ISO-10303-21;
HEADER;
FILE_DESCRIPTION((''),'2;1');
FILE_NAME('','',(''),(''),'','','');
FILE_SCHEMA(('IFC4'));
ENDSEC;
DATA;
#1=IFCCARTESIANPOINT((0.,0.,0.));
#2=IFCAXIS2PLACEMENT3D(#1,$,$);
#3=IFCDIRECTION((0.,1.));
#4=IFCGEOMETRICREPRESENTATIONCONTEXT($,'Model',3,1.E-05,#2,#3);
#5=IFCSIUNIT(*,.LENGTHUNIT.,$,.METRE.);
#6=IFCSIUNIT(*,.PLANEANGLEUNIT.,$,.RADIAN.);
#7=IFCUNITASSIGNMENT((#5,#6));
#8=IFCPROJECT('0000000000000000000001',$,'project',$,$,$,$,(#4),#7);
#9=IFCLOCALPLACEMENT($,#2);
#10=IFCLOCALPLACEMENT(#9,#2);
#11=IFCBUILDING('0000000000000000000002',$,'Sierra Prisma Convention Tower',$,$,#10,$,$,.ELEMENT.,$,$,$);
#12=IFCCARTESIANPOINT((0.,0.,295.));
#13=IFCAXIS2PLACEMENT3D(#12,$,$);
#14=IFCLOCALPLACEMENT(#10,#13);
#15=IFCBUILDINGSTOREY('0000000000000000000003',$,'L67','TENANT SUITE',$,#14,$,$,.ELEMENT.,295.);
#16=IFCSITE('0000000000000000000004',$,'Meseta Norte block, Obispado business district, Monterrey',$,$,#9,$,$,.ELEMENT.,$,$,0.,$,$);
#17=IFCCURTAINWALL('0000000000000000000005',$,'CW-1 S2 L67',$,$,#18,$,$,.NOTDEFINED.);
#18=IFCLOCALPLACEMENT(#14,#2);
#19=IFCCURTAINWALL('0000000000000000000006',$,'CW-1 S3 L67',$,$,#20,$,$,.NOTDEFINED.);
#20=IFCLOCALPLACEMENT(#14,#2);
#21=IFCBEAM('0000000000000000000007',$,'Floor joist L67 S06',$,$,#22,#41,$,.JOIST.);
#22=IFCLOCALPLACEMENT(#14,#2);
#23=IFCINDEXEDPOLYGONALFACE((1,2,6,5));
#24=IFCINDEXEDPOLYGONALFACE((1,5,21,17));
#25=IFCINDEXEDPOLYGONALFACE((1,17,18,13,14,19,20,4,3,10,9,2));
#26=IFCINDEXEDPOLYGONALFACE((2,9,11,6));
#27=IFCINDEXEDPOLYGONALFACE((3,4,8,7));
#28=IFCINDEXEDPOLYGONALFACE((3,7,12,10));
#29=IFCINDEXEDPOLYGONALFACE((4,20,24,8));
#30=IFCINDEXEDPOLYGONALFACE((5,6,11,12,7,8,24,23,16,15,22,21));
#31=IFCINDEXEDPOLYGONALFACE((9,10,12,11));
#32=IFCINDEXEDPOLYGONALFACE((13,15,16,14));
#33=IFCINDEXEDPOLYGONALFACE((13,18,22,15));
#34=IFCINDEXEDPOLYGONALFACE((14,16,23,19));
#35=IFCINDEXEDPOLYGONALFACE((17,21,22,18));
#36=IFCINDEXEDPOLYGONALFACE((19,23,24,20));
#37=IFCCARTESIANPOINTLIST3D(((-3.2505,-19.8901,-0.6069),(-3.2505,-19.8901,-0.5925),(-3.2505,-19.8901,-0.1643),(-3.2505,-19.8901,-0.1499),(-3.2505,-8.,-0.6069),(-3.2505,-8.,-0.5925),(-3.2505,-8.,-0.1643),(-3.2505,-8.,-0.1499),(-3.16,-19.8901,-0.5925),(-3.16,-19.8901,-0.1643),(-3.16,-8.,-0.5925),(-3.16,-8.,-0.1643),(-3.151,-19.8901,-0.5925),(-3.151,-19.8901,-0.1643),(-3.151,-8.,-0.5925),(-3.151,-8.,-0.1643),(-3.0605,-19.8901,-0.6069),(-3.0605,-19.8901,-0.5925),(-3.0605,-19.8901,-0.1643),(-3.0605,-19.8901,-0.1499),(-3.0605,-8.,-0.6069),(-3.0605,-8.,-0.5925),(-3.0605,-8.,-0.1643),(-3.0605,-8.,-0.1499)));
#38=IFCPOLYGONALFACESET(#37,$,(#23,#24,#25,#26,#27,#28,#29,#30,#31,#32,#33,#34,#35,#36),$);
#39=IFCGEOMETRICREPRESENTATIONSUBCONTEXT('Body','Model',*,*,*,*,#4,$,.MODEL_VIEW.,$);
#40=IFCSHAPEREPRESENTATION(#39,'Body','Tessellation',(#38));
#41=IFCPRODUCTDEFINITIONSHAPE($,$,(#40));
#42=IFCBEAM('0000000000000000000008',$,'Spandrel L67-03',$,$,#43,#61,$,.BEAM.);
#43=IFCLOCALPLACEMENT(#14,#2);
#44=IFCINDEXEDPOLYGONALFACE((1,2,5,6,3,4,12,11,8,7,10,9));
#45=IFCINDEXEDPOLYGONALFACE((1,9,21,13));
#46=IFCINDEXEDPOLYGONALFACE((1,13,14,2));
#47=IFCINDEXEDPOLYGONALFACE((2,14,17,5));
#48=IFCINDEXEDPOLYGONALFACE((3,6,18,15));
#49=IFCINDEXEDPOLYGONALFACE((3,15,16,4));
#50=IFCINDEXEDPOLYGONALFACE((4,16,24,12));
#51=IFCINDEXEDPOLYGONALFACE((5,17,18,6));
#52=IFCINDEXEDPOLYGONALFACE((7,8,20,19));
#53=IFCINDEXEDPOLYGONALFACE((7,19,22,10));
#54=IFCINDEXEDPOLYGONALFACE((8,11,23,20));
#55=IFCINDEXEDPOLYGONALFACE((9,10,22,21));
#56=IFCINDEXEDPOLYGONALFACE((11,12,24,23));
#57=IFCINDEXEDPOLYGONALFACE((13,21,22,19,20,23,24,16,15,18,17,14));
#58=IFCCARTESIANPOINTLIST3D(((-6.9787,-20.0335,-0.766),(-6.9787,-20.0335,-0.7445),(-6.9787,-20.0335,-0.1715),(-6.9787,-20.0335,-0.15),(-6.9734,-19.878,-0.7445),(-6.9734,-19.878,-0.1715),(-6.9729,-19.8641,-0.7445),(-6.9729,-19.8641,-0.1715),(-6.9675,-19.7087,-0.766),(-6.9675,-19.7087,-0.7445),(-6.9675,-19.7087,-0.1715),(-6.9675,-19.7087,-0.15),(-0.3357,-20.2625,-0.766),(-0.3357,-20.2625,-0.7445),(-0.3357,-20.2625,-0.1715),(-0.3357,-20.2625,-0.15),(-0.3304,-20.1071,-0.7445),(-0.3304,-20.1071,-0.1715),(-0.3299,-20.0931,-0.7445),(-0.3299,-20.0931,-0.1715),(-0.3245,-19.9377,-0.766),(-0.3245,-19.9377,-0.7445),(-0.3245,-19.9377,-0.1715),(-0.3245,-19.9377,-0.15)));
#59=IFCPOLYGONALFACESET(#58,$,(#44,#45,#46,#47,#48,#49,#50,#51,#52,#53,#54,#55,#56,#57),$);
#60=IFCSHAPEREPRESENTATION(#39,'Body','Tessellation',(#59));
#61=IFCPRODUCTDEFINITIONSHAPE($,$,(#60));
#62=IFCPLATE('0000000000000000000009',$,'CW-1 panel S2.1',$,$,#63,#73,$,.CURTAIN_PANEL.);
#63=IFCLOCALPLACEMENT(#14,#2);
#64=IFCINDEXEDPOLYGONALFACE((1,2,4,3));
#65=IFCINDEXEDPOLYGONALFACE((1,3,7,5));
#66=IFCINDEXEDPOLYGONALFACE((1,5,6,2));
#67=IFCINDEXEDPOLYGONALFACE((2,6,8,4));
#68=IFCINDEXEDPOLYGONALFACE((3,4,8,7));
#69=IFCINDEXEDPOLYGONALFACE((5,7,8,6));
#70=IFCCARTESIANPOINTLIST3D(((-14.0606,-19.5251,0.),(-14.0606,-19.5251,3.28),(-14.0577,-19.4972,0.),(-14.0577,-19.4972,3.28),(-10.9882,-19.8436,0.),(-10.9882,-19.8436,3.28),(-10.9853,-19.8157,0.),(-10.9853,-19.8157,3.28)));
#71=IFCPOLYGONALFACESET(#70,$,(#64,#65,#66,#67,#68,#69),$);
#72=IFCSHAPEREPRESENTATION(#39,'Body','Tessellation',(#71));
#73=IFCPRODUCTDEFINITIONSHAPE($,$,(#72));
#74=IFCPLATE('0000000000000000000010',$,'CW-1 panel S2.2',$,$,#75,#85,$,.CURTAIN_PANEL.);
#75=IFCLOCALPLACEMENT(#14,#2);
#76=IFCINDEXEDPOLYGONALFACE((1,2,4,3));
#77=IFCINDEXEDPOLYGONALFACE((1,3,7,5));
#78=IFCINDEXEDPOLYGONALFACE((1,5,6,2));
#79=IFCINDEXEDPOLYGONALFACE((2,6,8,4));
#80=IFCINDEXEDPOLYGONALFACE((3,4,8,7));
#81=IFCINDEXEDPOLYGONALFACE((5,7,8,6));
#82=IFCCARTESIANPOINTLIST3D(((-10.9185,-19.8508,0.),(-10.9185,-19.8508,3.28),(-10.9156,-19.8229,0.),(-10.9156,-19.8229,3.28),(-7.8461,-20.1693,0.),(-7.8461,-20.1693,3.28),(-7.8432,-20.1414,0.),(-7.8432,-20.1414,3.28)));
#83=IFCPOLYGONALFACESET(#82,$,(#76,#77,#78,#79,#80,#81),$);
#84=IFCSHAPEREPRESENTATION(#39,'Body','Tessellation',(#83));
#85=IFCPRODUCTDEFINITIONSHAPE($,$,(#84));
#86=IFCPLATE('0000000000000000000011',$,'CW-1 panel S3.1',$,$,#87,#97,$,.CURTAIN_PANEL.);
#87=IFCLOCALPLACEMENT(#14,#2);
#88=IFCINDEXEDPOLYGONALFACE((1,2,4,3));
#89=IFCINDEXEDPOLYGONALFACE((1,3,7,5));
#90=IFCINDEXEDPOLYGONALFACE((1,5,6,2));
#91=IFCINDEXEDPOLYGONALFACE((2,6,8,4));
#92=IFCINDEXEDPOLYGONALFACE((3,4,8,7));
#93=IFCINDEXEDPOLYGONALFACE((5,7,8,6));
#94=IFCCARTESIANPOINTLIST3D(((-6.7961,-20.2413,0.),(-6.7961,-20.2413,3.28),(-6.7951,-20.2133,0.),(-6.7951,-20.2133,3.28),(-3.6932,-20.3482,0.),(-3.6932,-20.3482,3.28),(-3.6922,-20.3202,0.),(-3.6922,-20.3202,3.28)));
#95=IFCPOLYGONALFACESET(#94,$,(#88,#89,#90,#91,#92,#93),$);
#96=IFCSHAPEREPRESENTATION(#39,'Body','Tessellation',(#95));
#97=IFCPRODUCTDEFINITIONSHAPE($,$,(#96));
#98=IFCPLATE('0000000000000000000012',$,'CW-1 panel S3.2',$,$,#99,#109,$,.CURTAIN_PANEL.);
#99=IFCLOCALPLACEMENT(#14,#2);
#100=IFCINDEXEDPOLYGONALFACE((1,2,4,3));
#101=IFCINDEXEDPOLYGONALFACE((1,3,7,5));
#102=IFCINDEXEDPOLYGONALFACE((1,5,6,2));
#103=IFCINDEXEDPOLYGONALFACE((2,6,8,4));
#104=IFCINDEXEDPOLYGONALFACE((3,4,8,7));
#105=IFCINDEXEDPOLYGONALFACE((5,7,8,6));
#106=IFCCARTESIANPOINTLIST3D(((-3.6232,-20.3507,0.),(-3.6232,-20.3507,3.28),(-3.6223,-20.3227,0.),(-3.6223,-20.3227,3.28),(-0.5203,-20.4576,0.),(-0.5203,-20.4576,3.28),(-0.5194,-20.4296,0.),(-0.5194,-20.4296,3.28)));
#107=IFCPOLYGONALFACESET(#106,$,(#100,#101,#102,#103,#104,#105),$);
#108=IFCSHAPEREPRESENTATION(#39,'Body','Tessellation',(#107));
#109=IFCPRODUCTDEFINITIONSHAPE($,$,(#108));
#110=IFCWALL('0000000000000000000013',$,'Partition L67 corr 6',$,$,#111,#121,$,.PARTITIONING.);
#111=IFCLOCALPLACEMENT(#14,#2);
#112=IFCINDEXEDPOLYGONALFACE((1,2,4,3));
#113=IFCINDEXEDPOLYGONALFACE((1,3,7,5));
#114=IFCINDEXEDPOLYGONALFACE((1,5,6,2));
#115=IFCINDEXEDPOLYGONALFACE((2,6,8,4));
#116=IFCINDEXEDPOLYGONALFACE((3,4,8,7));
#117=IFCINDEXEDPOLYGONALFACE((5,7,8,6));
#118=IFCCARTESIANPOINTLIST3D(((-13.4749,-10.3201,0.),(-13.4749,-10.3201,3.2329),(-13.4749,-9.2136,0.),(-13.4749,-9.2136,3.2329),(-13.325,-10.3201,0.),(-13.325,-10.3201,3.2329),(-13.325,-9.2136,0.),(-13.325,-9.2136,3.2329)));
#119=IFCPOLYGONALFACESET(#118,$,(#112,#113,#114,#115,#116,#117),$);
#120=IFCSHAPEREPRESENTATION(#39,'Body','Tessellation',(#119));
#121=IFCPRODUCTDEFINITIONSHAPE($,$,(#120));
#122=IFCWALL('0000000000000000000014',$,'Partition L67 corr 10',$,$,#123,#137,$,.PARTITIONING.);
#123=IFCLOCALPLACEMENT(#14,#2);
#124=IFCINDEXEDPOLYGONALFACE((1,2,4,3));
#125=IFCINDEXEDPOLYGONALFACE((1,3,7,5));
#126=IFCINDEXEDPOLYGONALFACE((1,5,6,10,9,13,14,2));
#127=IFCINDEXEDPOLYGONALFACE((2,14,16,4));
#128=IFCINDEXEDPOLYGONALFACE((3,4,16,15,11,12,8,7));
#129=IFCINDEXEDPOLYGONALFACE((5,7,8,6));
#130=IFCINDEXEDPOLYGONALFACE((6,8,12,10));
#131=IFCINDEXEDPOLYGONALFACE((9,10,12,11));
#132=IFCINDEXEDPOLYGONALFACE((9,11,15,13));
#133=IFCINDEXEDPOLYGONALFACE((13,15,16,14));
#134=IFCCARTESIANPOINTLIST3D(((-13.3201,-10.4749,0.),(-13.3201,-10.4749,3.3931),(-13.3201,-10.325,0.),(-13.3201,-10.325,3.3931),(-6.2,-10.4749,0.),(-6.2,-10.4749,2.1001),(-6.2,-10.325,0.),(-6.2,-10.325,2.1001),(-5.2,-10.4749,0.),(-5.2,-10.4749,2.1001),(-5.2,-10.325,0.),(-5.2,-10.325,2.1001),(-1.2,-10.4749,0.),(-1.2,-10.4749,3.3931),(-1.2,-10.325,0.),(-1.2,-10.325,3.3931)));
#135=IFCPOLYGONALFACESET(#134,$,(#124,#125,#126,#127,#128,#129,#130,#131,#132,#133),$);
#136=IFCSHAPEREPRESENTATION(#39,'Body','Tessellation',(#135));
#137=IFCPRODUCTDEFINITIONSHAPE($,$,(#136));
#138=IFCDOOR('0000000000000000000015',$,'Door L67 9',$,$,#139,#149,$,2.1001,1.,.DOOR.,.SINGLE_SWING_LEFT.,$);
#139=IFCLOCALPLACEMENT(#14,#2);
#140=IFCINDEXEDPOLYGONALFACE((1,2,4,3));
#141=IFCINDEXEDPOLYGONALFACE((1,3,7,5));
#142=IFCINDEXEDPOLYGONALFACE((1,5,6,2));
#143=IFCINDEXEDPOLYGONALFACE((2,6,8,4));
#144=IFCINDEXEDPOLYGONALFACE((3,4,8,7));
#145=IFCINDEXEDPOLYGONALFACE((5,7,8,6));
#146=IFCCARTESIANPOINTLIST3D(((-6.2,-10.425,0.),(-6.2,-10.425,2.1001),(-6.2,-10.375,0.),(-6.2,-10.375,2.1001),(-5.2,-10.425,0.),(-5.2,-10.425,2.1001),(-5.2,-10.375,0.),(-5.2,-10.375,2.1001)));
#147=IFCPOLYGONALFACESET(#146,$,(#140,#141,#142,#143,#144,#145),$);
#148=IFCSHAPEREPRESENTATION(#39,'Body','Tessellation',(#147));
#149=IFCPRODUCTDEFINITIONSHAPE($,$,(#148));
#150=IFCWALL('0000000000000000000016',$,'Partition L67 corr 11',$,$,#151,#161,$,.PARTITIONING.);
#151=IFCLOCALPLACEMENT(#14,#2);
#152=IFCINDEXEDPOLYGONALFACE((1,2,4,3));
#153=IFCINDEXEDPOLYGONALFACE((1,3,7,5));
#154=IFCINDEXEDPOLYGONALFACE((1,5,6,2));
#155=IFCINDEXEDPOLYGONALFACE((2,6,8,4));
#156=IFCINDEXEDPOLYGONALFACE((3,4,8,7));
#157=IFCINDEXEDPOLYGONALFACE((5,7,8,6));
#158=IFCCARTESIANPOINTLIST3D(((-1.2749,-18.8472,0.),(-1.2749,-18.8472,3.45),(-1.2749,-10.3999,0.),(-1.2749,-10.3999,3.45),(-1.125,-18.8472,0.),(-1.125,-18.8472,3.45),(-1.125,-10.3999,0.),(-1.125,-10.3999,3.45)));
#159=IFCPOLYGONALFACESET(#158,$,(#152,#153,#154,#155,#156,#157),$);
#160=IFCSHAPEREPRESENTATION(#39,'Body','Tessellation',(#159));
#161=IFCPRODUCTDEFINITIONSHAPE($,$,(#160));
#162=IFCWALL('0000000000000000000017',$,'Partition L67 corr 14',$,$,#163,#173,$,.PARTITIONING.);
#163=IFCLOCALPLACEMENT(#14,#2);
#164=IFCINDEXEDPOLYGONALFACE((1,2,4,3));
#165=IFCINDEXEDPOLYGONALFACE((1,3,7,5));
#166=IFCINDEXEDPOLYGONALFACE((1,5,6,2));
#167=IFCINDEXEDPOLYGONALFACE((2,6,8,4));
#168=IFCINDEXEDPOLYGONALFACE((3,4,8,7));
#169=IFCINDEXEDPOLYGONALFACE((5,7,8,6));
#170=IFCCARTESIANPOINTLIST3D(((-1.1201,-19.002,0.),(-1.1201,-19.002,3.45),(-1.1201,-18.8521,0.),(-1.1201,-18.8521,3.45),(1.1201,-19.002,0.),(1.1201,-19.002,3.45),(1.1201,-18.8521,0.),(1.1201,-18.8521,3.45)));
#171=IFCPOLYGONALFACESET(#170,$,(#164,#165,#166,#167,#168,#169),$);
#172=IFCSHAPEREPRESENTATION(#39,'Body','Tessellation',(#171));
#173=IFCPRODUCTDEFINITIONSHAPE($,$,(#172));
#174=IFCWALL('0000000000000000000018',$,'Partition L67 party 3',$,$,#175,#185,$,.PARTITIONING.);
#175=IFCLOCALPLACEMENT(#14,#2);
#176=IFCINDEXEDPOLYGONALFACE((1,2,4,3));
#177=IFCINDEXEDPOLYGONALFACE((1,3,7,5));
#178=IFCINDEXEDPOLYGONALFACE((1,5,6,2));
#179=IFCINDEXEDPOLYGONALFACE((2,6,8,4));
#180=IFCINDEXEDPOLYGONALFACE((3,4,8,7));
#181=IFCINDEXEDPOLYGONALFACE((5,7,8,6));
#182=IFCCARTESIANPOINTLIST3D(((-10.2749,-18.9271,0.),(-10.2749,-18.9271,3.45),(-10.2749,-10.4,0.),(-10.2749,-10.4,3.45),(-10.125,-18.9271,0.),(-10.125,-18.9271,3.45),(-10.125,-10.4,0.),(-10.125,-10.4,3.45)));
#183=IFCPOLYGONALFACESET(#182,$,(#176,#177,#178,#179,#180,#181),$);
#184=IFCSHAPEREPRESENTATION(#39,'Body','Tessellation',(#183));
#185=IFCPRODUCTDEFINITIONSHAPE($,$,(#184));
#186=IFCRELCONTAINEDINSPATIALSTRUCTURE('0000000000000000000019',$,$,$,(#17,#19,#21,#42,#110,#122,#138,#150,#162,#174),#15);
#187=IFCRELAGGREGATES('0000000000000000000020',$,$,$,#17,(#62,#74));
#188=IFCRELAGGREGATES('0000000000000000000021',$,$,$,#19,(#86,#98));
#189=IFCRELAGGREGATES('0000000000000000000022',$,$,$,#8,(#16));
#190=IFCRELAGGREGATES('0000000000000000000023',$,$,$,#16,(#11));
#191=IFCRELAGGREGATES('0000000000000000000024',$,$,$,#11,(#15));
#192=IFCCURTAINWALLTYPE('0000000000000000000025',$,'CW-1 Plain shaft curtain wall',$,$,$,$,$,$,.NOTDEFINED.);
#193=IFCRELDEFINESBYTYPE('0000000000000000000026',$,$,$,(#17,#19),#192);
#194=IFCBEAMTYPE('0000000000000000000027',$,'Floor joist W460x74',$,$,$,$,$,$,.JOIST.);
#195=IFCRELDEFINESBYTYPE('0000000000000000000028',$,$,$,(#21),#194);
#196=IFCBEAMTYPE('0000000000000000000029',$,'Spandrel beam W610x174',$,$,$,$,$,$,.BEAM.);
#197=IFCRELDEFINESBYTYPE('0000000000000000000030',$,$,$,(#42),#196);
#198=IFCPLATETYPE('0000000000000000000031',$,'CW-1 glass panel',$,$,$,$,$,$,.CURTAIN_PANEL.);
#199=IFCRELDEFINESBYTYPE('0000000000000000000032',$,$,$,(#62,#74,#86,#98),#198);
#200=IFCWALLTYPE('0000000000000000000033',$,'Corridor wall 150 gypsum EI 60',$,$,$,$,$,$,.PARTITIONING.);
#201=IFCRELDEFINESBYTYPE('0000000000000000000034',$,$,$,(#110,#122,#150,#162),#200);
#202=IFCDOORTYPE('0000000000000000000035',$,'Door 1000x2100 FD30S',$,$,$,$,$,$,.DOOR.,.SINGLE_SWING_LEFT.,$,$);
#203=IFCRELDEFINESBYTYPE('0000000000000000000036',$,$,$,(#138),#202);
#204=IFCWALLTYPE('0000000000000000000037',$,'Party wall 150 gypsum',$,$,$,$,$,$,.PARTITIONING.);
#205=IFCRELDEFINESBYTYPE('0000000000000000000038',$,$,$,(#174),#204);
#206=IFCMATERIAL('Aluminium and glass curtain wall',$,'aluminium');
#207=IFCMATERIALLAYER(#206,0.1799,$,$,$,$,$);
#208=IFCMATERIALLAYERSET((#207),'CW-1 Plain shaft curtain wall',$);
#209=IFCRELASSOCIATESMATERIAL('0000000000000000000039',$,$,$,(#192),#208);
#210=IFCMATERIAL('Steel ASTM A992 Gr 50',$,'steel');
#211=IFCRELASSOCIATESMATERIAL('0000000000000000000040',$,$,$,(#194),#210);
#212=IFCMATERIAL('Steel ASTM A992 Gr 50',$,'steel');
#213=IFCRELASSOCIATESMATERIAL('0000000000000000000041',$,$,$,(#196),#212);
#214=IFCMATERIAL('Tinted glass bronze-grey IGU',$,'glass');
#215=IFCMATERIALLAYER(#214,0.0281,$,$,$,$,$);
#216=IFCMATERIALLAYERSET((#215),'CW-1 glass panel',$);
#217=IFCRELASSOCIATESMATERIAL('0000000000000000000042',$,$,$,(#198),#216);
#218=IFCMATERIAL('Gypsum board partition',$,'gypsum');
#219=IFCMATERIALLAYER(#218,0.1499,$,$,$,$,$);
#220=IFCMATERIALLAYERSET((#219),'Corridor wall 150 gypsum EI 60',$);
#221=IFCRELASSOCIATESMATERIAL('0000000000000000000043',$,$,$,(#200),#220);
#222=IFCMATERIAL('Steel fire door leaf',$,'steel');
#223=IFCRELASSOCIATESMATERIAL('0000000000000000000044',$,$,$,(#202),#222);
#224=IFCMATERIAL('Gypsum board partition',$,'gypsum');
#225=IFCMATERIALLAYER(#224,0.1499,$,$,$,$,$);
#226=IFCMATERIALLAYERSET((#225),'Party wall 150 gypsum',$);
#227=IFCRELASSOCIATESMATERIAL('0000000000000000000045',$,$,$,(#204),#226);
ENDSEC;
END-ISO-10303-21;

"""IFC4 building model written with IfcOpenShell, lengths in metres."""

from ifc_helpers import new_model, si_unit, direction, frame, frame_2d, origin, origin_2d, place, context, subcontext, project, spatial, rectangle, i_section, extrude, material, layer, layer_set, material_profile, profile_set, type_object, element, fill, aggregate, save


model = new_model("IFC4")

# Units and contexts
model_context = context("Model", 3, precision=1e-05, world=origin(), true_north=direction((0.0, 1.0)))
body_context = subcontext(model_context, "Body", "Model", "MODEL_VIEW")
ifc_project = project(units=[si_unit("LENGTHUNIT", "METRE"), si_unit("PLANEANGLEUNIT", "RADIAN")], contexts=[model_context])

# Site, building, storey
site_placement = place(None, origin())
site = spatial("IfcSite", under=ifc_project, at=site_placement, Name="Meseta Norte block, Obispado business district, Monterrey", CompositionType="ELEMENT", RefElevation=0.0)
building_placement = place(site_placement, origin())
building = spatial("IfcBuilding", under=site, at=building_placement, Name="Sierra Prisma Convention Tower", CompositionType="ELEMENT")
storey_placement = place(building_placement, frame((0.0, 0.0, 295.0)))
storey = spatial("IfcBuildingStorey", under=building, at=storey_placement, Name="L67", Description="TENANT SUITE", CompositionType="ELEMENT", Elevation=295.0)

# Curtain walls
ifc_material_1 = material(Name="Aluminium and glass curtain wall", Category="aluminium")
ifc_layer_1 = layer(ifc_material_1, 0.1799)
ifc_layer_set_1 = layer_set([ifc_layer_1], Name="CW-1 Plain shaft curtain wall")
curtain_wall_type = type_object("IfcCurtainWallType", Name="CW-1 Plain shaft curtain wall", PredefinedType="NOTDEFINED", material=ifc_layer_set_1)
curtain_wall_1_placement = place(storey_placement, origin())
curtain_wall_1 = element("IfcCurtainWall", 1, at=curtain_wall_1_placement, inside=storey, type_object=curtain_wall_type, Name="CW-1 S2 L67", PredefinedType="NOTDEFINED")
curtain_wall_2_placement = place(storey_placement, origin())
curtain_wall_2 = element("IfcCurtainWall", 2, at=curtain_wall_2_placement, inside=storey, type_object=curtain_wall_type, Name="CW-1 S3 L67", PredefinedType="NOTDEFINED")

# Beams
ifc_material_2 = material(Name="Steel ASTM A992 Gr 50", Category="steel")
ifc_material_profile_1 = material_profile(ifc_material_2, i_section(OverallWidth=0.1899, OverallDepth=0.457, WebThickness=0.009, FlangeThickness=0.0144, at=origin_2d()), Name="W460x74")
ifc_profile_set_1 = profile_set([ifc_material_profile_1], Name="Steel ASTM A992 Gr 50")
beam_type_1 = type_object("IfcBeamType", Name="Floor joist W460x74", PredefinedType="JOIST", material=ifc_profile_set_1)
beam_1_placement = place(storey_placement, frame((-3.1555, -19.8901, -0.3784), z_axis=(0.0, 1.0, 0.0), x_axis=(-1.0, 0.0, 0.0)))
element("IfcBeam", 3, at=beam_1_placement, inside=storey, type_object=beam_type_1, Name="Floor joist L67 S06", PredefinedType="JOIST", context=body_context, shape_type="SweptSolid", body=[
    extrude(i_section(OverallWidth=0.1899, OverallDepth=0.457, WebThickness=0.009, FlangeThickness=0.0144, at=origin_2d()), origin(), (0.0, 0.0, 1.0), 11.8901),
])
ifc_material_3 = material(Name="Steel ASTM A992 Gr 50", Category="steel")
ifc_material_profile_2 = material_profile(ifc_material_3, i_section(OverallWidth=0.325, OverallDepth=0.616, WebThickness=0.0139, FlangeThickness=0.0215, at=origin_2d()), Name="W610x174")
ifc_profile_set_2 = profile_set([ifc_material_profile_2], Name="Steel ASTM A992 Gr 50")
beam_type_2 = type_object("IfcBeamType", Name="Spandrel beam W610x174", PredefinedType="BEAM", material=ifc_profile_set_2)
beam_2_placement = place(storey_placement, frame((-6.9731, -19.8711, -0.458), z_axis=(0.999406, -0.034452, 0.0), x_axis=(0.034452, 0.999406, 0.0)))
element("IfcBeam", 4, at=beam_2_placement, inside=storey, type_object=beam_type_2, Name="Spandrel L67-03", PredefinedType="BEAM", context=body_context, shape_type="SweptSolid", body=[
    extrude(i_section(OverallWidth=0.325, OverallDepth=0.616, WebThickness=0.0139, FlangeThickness=0.0215, at=origin_2d()), origin(), (0.0, 0.0, 1.0), 6.647),
])

# Plates
ifc_material_4 = material(Name="Tinted glass bronze-grey IGU", Category="glass")
ifc_layer_2 = layer(ifc_material_4, 0.0281)
ifc_layer_set_2 = layer_set([ifc_layer_2], Name="CW-1 glass panel")
plate_type = type_object("IfcPlateType", Name="CW-1 glass panel", PredefinedType="CURTAIN_PANEL", material=ifc_layer_set_2)
plate_1_placement = place(storey_placement, frame((-12.5229, -19.6704, 0.0), z_axis=(0.0, 0.0, 1.0), x_axis=(0.994669, -0.103122, 0.0)))
plate_1 = element("IfcPlate", 5, at=plate_1_placement, type_object=plate_type, Name="CW-1 panel S2.1", PredefinedType="CURTAIN_PANEL", context=body_context, shape_type="SweptSolid", body=[
    extrude(rectangle(XDim=3.0889, YDim=0.0281, at=origin_2d()), origin(), (0.0, 0.0, 1.0), 3.28),
])
plate_2_placement = place(storey_placement, frame((-9.3809, -19.9961, 0.0), z_axis=(0.0, 0.0, 1.0), x_axis=(0.994669, -0.103122, 0.0)))
plate_2 = element("IfcPlate", 6, at=plate_2_placement, type_object=plate_type, Name="CW-1 panel S2.2", PredefinedType="CURTAIN_PANEL", context=body_context, shape_type="SweptSolid", body=[
    extrude(rectangle(XDim=3.0889, YDim=0.0281, at=origin_2d()), origin(), (0.0, 0.0, 1.0), 3.28),
])
aggregate(curtain_wall_1, [plate_1, plate_2])
plate_3_placement = place(storey_placement, frame((-5.2441, -20.2808, 0.0), z_axis=(0.0, 0.0, 1.0), x_axis=(0.999407, -0.034428, 0.0)))
plate_3 = element("IfcPlate", 7, at=plate_3_placement, type_object=plate_type, Name="CW-1 panel S3.1", PredefinedType="CURTAIN_PANEL", context=body_context, shape_type="SweptSolid", body=[
    extrude(rectangle(XDim=3.1047, YDim=0.0281, at=origin_2d()), origin(), (0.0, 0.0, 1.0), 3.28),
])
plate_4_placement = place(storey_placement, frame((-2.0713, -20.3901, 0.0), z_axis=(0.0, 0.0, 1.0), x_axis=(0.999407, -0.034428, 0.0)))
plate_4 = element("IfcPlate", 8, at=plate_4_placement, type_object=plate_type, Name="CW-1 panel S3.2", PredefinedType="CURTAIN_PANEL", context=body_context, shape_type="SweptSolid", body=[
    extrude(rectangle(XDim=3.1047, YDim=0.0281, at=origin_2d()), origin(), (0.0, 0.0, 1.0), 3.28),
])
aggregate(curtain_wall_2, [plate_3, plate_4])

# Wall
ifc_material_5 = material(Name="Gypsum board partition", Category="gypsum")
ifc_layer_3 = layer(ifc_material_5, 0.1499)
ifc_layer_set_3 = layer_set([ifc_layer_3], Name="Corridor wall 150 gypsum EI 60")
wall_type_1 = type_object("IfcWallType", Name="Corridor wall 150 gypsum EI 60", PredefinedType="PARTITIONING", material=ifc_layer_set_3)
wall_1_placement = place(storey_placement, frame((-13.3999, -9.2136, 0.0), z_axis=(0.0, 0.0, 1.0), x_axis=(0.0, -1.0, 0.0)))
element("IfcWall", 9, at=wall_1_placement, inside=storey, type_object=wall_type_1, Name="Partition L67 corr 6", PredefinedType="PARTITIONING", context=body_context, shape_type="SweptSolid", body=[
    extrude(rectangle(XDim=1.1064, YDim=0.1499, at=frame_2d((0.5532, 0.0))), origin(), (0.0, 0.0, 1.0), 3.2329),
])

# Wall, opening, door
wall_2_placement = place(storey_placement, frame((-13.3201, -10.3999, 0.0), z_axis=(0.0, 0.0, 1.0), x_axis=(1.0, 0.0, 0.0)))
wall_2 = element("IfcWall", 10, at=wall_2_placement, inside=storey, type_object=wall_type_1, Name="Partition L67 corr 10", PredefinedType="PARTITIONING", context=body_context, shape_type="SweptSolid", body=[
    extrude(rectangle(XDim=12.1201, YDim=0.1499, at=frame_2d((6.0601, 0.0))), origin(), (0.0, 0.0, 1.0), 3.3931),
])
opening_placement = place(wall_2_placement, frame((7.1201, 0.0, 0.0)))
opening = element("IfcOpeningElement", 11, at=opening_placement, cuts=wall_2, PredefinedType="OPENING", context=body_context, shape_type="SweptSolid", body=[
    extrude(rectangle(XDim=1.0, YDim=2.1001, at=frame_2d((0.5, 1.05))), frame((0.0, 0.075, 0.0), z_axis=(0.0, -1.0, 0.0), x_axis=(1.0, 0.0, 0.0)), (0.0, 0.0, 1.0), 0.1499),
])
ifc_material_6 = material(Name="Steel fire door leaf", Category="steel")
door_type = type_object("IfcDoorType", Name="Door 1000x2100 FD30S", OperationType="SINGLE_SWING_LEFT", PredefinedType="DOOR", material=ifc_material_6)
door_placement = place(opening_placement, origin())
door = element("IfcDoor", 12, at=door_placement, inside=storey, type_object=door_type, Name="Door L67 9", OperationType="SINGLE_SWING_LEFT", OverallHeight=2.1001, OverallWidth=1.0, PredefinedType="DOOR", context=body_context, shape_type="SweptSolid", body=[
    extrude(rectangle(XDim=1.0, YDim=2.1001, at=frame_2d((0.5, 1.05))), frame((0.0, 0.0249, 0.0), z_axis=(0.0, -1.0, 0.0), x_axis=(1.0, 0.0, 0.0)), (0.0, 0.0, 1.0), 0.05),
])
fill(opening, door)

# Walls
wall_3_placement = place(storey_placement, frame((-1.2, -10.3999, 0.0), z_axis=(0.0, 0.0, 1.0), x_axis=(0.0, -1.0, 0.0)))
element("IfcWall", 13, at=wall_3_placement, inside=storey, type_object=wall_type_1, Name="Partition L67 corr 11", PredefinedType="PARTITIONING", context=body_context, shape_type="SweptSolid", body=[
    extrude(rectangle(XDim=8.4473, YDim=0.1499, at=frame_2d((4.2236, 0.0))), origin(), (0.0, 0.0, 1.0), 3.45),
])
wall_4_placement = place(storey_placement, frame((-1.1201, -18.927, 0.0), z_axis=(0.0, 0.0, 1.0), x_axis=(1.0, 0.0, 0.0)))
element("IfcWall", 14, at=wall_4_placement, inside=storey, type_object=wall_type_1, Name="Partition L67 corr 14", PredefinedType="PARTITIONING", context=body_context, shape_type="SweptSolid", body=[
    extrude(rectangle(XDim=2.2402, YDim=0.1499, at=frame_2d((1.1201, 0.0))), origin(), (0.0, 0.0, 1.0), 3.45),
])
ifc_material_7 = material(Name="Gypsum board partition", Category="gypsum")
ifc_layer_4 = layer(ifc_material_7, 0.1499)
ifc_layer_set_4 = layer_set([ifc_layer_4], Name="Party wall 150 gypsum")
wall_type_2 = type_object("IfcWallType", Name="Party wall 150 gypsum", PredefinedType="PARTITIONING", material=ifc_layer_set_4)
wall_5_placement = place(storey_placement, frame((-10.2, -10.3999, 0.0), z_axis=(0.0, 0.0, 1.0), x_axis=(0.0, -1.0, 0.0)))
element("IfcWall", 15, at=wall_5_placement, inside=storey, type_object=wall_type_2, Name="Partition L67 party 3", PredefinedType="PARTITIONING", context=body_context, shape_type="SweptSolid", body=[
    extrude(rectangle(XDim=8.5271, YDim=0.1499, at=frame_2d((4.2637, 0.0))), origin(), (0.0, 0.0, 1.0), 3.45),
])

save(model, "model.ifc")
